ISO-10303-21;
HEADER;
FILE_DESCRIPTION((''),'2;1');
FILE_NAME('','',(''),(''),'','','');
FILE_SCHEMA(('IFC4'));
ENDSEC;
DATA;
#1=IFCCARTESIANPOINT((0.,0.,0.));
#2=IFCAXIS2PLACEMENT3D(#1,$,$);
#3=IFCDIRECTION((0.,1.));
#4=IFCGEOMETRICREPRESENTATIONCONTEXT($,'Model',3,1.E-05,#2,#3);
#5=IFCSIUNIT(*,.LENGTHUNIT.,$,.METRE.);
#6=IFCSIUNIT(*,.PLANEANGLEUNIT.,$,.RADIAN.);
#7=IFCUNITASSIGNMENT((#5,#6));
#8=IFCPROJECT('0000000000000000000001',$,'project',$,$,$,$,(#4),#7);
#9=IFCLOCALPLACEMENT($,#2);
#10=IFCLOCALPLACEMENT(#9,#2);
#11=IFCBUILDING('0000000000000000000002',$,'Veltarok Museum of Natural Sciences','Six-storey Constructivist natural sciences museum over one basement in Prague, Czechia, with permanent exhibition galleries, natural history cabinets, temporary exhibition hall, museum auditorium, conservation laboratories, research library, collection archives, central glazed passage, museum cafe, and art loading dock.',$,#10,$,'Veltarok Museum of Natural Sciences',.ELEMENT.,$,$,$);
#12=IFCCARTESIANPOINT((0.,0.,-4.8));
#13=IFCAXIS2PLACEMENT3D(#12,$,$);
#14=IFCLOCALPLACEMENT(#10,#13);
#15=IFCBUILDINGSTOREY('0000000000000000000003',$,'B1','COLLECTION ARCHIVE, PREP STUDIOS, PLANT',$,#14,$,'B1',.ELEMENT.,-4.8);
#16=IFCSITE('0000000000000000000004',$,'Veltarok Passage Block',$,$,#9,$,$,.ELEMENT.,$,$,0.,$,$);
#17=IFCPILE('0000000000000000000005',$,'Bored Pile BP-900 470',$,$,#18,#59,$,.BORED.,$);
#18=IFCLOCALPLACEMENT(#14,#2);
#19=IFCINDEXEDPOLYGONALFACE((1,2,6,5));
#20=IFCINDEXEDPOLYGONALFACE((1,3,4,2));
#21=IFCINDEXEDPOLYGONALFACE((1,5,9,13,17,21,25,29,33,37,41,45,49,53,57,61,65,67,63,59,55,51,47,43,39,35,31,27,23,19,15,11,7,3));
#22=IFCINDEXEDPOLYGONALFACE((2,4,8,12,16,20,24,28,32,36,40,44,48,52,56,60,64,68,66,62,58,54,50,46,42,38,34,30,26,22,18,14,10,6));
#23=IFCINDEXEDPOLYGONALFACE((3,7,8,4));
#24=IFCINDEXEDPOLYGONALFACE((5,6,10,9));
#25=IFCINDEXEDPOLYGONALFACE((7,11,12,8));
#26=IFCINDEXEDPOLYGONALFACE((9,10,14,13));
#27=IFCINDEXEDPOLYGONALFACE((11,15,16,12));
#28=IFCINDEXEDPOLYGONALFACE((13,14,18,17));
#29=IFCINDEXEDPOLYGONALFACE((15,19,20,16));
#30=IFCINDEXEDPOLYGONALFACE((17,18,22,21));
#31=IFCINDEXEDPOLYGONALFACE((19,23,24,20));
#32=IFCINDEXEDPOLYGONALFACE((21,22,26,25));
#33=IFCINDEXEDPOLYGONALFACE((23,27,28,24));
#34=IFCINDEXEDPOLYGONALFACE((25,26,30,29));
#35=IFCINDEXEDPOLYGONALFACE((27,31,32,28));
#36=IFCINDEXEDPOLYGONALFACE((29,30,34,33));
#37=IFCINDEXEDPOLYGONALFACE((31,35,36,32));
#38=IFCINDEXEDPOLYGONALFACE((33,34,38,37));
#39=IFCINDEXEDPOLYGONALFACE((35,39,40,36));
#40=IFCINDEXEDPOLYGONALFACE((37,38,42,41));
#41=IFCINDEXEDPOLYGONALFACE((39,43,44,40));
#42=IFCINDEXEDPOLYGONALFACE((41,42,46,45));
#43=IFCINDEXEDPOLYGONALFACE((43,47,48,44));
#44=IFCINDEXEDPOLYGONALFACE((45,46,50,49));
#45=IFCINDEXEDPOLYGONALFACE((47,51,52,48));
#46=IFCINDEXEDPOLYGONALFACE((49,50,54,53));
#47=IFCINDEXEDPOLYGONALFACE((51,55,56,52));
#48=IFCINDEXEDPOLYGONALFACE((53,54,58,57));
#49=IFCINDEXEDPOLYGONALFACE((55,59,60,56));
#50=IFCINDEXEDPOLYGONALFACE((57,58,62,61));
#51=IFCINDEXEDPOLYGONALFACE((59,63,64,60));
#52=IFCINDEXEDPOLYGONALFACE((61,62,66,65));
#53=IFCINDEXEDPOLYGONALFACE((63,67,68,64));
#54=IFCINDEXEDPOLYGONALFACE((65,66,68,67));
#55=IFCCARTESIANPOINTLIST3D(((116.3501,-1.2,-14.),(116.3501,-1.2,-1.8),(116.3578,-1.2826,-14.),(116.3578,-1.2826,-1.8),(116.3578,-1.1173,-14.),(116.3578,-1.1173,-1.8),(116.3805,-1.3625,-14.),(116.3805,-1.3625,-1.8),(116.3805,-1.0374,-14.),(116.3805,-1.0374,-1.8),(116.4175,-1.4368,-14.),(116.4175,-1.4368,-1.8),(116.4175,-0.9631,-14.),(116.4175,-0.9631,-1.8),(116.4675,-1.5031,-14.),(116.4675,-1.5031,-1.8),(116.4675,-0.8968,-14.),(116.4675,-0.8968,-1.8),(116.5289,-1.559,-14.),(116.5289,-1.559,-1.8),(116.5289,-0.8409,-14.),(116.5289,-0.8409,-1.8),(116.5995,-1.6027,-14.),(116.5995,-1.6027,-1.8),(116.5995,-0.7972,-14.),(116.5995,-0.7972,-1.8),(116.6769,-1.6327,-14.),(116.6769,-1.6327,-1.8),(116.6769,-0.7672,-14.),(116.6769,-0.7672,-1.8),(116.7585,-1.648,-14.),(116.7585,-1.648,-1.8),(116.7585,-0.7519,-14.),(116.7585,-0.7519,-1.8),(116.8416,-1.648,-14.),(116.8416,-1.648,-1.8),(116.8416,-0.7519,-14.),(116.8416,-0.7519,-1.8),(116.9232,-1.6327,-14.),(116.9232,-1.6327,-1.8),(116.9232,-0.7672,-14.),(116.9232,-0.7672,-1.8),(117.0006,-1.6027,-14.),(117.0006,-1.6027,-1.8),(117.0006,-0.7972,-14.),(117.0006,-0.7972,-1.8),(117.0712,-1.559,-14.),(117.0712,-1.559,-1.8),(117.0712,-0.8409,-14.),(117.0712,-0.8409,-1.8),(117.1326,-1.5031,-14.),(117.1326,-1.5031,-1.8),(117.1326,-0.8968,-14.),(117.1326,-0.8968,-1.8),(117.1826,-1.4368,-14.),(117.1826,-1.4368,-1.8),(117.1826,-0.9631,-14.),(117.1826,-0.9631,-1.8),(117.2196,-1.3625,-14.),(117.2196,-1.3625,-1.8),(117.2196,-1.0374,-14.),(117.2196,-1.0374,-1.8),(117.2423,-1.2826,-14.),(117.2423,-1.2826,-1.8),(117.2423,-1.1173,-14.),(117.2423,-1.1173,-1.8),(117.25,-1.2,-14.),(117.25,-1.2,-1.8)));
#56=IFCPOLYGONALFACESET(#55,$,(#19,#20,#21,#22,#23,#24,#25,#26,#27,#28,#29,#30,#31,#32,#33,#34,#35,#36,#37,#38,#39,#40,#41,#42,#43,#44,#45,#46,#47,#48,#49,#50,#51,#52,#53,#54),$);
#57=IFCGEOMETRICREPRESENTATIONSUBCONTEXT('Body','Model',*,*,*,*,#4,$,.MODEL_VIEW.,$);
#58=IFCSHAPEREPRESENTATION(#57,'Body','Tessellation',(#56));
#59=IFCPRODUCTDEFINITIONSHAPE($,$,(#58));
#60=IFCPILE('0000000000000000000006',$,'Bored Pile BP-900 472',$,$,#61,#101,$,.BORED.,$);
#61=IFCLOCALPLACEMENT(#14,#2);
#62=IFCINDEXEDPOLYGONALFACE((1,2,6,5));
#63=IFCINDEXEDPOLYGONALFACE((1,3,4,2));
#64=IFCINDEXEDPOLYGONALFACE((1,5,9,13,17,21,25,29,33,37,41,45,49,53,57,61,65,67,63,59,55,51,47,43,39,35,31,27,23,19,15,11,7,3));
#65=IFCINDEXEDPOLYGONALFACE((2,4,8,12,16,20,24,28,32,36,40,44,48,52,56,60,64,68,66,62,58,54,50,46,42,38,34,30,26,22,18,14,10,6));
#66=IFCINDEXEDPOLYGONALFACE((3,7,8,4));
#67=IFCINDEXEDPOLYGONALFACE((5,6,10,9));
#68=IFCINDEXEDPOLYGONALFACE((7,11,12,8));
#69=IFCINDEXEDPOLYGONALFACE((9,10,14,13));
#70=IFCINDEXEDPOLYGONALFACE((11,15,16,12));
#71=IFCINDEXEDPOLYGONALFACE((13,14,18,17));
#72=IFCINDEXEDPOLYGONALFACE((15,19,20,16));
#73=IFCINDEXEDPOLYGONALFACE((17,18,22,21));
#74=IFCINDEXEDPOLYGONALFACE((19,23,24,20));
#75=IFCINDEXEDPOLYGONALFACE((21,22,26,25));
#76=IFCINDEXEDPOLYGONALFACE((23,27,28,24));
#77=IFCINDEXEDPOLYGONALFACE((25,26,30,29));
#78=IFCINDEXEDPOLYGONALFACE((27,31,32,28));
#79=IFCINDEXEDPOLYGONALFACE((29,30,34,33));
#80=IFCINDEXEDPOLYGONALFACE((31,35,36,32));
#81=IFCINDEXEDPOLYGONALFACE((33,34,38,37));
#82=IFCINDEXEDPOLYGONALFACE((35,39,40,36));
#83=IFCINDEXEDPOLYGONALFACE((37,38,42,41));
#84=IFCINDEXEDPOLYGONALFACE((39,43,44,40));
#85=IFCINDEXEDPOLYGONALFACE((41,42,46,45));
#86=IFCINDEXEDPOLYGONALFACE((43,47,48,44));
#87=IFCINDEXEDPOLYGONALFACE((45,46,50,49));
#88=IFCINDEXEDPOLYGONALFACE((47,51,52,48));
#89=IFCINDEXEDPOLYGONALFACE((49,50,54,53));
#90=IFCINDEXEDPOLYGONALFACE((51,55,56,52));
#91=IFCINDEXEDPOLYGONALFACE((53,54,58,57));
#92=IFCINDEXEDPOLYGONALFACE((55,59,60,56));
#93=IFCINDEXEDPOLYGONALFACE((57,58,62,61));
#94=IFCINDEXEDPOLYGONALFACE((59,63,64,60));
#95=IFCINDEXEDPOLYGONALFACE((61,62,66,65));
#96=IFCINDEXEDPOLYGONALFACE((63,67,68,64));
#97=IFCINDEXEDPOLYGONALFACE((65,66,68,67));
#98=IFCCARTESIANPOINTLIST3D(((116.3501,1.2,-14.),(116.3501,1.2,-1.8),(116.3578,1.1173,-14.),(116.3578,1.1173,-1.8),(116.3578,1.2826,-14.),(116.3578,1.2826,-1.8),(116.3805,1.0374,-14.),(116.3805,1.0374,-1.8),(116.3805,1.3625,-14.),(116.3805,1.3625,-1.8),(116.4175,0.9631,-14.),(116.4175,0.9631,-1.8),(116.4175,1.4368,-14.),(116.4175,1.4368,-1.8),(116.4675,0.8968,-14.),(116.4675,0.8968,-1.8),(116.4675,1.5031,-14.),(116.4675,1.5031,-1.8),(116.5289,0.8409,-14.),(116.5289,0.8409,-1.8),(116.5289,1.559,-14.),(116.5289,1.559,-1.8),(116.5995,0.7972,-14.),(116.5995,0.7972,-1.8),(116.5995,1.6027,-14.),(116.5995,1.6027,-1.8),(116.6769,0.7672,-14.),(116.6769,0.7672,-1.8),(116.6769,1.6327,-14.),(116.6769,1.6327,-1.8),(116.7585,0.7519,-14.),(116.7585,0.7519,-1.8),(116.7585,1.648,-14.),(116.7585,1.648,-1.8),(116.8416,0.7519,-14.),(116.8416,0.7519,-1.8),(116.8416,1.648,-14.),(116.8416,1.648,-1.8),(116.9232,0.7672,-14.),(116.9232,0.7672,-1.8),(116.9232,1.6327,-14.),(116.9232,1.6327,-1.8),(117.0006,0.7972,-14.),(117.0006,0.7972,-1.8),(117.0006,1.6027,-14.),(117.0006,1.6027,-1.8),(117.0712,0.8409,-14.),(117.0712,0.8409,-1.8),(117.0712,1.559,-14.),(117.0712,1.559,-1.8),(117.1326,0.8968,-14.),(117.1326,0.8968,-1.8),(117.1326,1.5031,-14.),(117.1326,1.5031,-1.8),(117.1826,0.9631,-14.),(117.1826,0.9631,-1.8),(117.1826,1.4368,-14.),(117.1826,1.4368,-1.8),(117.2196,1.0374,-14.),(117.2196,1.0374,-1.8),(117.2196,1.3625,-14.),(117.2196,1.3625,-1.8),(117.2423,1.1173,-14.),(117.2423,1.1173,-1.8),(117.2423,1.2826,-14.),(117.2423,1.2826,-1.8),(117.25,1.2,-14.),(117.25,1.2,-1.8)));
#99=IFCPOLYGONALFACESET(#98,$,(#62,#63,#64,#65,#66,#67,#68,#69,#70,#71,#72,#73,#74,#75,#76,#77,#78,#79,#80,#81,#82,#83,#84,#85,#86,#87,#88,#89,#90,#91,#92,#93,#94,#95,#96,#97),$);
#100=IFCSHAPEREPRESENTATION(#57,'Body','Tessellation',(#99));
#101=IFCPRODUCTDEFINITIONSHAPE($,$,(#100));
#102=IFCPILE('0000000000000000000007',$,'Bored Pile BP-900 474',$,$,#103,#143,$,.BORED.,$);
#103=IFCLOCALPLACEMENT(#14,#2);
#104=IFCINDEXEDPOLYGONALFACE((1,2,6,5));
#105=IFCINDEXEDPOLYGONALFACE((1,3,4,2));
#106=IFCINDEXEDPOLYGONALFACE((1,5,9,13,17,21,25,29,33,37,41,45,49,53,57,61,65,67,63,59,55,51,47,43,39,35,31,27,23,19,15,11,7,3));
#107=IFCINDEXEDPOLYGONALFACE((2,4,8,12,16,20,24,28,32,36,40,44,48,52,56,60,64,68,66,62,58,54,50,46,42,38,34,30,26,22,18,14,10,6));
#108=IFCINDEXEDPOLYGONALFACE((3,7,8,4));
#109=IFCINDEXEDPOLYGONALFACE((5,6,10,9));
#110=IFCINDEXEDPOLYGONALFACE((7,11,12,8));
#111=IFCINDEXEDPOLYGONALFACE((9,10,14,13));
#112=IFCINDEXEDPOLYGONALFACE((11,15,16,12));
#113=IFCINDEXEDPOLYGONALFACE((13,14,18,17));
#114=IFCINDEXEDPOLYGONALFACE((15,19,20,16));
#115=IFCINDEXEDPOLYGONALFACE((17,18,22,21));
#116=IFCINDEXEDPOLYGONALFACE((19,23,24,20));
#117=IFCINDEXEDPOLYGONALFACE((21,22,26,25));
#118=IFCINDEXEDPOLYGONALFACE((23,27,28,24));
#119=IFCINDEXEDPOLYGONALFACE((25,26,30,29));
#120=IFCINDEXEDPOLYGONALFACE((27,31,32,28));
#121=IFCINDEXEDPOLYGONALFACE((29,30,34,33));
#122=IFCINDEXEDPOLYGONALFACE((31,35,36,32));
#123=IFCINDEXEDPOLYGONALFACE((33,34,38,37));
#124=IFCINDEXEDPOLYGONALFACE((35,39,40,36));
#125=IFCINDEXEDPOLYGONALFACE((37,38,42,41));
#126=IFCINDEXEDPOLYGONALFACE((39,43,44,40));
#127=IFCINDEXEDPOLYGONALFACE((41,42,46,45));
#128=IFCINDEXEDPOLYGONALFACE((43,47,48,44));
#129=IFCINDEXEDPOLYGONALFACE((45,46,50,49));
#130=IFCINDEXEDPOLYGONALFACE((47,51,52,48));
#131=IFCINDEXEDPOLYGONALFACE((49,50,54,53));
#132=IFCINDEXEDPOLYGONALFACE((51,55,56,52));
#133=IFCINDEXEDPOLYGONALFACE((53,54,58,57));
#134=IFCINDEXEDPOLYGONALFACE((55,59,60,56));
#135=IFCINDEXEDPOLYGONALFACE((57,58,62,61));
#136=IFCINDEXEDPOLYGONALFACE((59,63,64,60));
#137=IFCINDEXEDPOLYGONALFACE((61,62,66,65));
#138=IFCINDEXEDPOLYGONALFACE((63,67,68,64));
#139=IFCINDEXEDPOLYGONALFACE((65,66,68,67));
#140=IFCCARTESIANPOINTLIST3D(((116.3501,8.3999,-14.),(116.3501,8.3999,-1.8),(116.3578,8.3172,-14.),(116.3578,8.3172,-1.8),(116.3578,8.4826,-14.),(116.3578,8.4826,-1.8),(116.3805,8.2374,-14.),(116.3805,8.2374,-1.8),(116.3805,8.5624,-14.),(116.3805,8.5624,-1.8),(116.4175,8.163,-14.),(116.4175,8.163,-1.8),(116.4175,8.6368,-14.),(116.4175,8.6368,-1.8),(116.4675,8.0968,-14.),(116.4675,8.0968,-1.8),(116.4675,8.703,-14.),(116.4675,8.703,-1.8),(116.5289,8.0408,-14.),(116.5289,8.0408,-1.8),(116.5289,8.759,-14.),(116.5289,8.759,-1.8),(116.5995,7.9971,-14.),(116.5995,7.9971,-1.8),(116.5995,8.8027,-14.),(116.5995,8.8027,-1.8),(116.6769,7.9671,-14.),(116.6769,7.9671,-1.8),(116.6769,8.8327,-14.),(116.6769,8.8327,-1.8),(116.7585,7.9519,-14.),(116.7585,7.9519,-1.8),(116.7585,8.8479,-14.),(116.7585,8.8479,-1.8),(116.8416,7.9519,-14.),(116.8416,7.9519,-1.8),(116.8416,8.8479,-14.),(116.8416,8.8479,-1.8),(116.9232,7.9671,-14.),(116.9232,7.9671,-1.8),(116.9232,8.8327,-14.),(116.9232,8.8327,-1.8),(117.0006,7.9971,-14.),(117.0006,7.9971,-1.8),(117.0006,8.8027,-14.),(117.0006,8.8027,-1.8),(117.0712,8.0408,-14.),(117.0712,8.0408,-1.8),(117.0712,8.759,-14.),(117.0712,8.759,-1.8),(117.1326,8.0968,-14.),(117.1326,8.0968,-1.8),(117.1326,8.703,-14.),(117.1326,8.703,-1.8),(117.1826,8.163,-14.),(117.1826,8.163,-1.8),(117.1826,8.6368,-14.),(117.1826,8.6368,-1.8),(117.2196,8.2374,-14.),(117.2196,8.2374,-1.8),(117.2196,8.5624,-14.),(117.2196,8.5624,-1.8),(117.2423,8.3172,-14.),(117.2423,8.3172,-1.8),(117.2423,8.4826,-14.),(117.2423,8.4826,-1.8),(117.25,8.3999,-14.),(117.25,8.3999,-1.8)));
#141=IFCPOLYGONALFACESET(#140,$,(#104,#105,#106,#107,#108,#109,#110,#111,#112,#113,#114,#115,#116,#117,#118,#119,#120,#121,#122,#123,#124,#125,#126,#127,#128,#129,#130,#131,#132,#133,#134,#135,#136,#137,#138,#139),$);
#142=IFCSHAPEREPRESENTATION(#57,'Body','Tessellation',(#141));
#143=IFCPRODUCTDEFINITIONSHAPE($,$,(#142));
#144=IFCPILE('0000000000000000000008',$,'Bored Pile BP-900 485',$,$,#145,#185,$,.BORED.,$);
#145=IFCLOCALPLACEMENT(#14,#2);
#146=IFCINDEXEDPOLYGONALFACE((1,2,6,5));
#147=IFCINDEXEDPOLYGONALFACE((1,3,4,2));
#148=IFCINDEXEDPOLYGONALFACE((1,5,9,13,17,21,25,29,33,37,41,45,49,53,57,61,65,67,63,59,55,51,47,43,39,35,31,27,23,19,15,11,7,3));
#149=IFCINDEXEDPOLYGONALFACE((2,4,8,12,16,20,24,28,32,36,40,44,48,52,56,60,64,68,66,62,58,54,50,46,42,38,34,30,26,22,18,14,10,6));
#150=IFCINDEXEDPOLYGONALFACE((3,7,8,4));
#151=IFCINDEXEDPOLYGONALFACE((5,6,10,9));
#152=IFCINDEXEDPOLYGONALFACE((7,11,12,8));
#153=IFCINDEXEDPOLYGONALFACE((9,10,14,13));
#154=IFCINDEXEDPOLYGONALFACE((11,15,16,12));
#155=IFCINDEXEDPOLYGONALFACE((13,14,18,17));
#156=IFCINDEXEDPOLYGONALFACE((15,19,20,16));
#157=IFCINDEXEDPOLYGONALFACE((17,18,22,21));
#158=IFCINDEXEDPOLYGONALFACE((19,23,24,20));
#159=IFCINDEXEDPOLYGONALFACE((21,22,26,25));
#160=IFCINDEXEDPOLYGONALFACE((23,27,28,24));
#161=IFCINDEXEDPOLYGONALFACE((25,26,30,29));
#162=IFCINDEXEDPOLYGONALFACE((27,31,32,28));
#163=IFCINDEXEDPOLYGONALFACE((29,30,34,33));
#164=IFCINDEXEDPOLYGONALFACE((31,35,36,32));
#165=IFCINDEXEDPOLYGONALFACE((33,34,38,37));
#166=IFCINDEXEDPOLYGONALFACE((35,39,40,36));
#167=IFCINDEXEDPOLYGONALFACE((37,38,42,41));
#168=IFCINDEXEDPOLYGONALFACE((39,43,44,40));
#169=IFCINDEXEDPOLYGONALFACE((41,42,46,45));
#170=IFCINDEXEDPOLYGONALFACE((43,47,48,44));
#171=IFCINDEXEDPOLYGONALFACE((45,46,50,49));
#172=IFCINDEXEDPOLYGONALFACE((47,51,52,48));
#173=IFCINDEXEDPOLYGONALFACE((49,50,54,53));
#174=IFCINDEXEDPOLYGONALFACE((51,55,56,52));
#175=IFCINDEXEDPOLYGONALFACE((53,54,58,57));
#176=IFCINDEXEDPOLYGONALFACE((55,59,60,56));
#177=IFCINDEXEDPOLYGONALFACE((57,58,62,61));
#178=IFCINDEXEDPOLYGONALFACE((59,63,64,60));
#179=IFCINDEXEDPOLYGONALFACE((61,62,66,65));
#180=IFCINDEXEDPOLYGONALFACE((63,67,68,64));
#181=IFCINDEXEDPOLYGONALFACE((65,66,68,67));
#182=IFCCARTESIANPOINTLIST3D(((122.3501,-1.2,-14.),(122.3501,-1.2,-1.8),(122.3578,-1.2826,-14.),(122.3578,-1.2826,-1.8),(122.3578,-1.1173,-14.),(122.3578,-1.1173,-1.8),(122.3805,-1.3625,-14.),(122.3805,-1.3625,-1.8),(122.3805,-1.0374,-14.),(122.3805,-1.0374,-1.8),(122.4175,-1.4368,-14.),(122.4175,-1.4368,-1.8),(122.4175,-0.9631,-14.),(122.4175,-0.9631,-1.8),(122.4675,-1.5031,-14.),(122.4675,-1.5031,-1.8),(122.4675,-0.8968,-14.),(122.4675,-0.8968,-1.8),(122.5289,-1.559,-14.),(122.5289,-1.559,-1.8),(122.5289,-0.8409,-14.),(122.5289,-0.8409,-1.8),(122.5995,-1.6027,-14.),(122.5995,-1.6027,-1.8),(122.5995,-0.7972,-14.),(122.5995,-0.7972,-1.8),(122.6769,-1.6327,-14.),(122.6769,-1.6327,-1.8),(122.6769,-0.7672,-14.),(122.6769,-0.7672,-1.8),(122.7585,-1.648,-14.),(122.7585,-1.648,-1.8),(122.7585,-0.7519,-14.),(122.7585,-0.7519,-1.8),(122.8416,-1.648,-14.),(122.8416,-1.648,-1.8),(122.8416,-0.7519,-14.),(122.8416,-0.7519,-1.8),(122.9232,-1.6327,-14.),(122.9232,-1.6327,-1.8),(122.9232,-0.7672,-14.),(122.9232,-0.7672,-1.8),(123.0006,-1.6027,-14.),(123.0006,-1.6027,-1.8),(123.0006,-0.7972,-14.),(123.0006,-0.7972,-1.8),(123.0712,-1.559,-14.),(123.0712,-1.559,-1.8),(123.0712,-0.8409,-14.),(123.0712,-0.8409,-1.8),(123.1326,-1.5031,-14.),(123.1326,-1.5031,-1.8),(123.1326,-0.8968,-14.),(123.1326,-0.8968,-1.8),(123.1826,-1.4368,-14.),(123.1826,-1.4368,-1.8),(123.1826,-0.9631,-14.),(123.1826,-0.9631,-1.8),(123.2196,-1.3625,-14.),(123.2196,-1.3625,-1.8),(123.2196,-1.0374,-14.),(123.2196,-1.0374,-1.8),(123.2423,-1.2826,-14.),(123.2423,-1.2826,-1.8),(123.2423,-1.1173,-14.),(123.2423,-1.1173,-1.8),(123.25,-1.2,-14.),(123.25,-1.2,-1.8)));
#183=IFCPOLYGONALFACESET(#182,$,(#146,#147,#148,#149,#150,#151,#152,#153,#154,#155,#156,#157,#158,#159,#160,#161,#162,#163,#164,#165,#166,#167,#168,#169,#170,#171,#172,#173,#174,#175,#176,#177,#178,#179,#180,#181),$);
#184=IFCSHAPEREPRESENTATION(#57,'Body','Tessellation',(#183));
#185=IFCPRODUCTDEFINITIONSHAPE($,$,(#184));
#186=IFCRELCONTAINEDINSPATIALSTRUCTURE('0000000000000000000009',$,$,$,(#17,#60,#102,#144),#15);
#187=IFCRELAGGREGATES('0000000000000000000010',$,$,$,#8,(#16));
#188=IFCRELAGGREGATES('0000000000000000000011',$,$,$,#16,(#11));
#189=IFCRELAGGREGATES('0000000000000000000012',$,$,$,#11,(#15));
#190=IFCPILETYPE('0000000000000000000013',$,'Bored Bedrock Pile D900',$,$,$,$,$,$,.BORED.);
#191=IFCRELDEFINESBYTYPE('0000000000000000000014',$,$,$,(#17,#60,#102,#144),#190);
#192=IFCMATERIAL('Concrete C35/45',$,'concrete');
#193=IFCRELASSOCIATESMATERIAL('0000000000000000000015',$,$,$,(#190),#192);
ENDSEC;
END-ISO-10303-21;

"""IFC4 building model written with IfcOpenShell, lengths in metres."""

from ifc_helpers import new_model, si_unit, direction, frame, origin, origin_2d, place, context, subcontext, project, spatial, circle, extrude, material, material_profile, profile_set, type_object, element, save


model = new_model("IFC4")

# Units and contexts
model_context = context("Model", 3, precision=1e-05, world=origin(), true_north=direction((0.0, 1.0)))
body_context = subcontext(model_context, "Body", "Model", "MODEL_VIEW")
ifc_project = project(units=[si_unit("LENGTHUNIT", "METRE"), si_unit("PLANEANGLEUNIT", "RADIAN")], contexts=[model_context])

# Site, building, storey
site_placement = place(None, origin())
site = spatial("IfcSite", under=ifc_project, at=site_placement, Name="Veltarok Passage Block", CompositionType="ELEMENT", RefElevation=0.0)
building_placement = place(site_placement, origin())
building = spatial("IfcBuilding", under=site, at=building_placement, Name="Veltarok Museum of Natural Sciences", Description="Six-storey Constructivist natural sciences museum over one basement in Prague, Czechia, with permanent exhibition galleries, natural history cabinets, temporary exhibition hall, museum auditorium, conservation laboratories, research library, collection archives, central glazed passage, museum cafe, and art loading dock.", LongName="Veltarok Museum of Natural Sciences", CompositionType="ELEMENT")
storey_placement = place(building_placement, frame((0.0, 0.0, -4.8)))
storey = spatial("IfcBuildingStorey", under=building, at=storey_placement, Name="B1", Description="COLLECTION ARCHIVE, PREP STUDIOS, PLANT", LongName="B1", CompositionType="ELEMENT", Elevation=-4.8)

# Piles
ifc_material_1 = material(Name="Concrete C35/45", Category="concrete")
ifc_material_profile_1 = material_profile(ifc_material_1, circle(Radius=0.45, at=origin_2d()), Name="BP D900")
ifc_profile_set_1 = profile_set([ifc_material_profile_1], Name="Concrete C35/45")
pile_type = type_object("IfcPileType", Name="Bored Bedrock Pile D900", PredefinedType="BORED", material=ifc_profile_set_1)
for number, where, z_axis, x_axis, name in (
    (1, (116.8, -1.2, -1.8), (0.0, 0.0, -1.0), (1.0, 0.0, 0.0), "Bored Pile BP-900 470"),
    (2, (116.8, 1.2, -1.8), (0.0, 0.0, -1.0), (1.0, 0.0, 0.0), "Bored Pile BP-900 472"),
    (3, (116.8, 8.3999, -1.8), (0.0, 0.0, -1.0), (1.0, 0.0, 0.0), "Bored Pile BP-900 474"),
    (4, (122.8, -1.2, -1.8), (0.0, 0.0, -1.0), (1.0, 0.0, 0.0), "Bored Pile BP-900 485"),
):
    element("IfcPile", number, at=place(storey_placement, frame(where, z_axis=z_axis, x_axis=x_axis)), inside=storey, type_object=pile_type, Name=name, PredefinedType="BORED", context=body_context, shape_type="SweptSolid", body=[
        extrude(circle(Radius=0.45, at=origin_2d()), origin(), (0.0, 0.0, 1.0), 12.2),
    ])

save(model, "model.ifc")
